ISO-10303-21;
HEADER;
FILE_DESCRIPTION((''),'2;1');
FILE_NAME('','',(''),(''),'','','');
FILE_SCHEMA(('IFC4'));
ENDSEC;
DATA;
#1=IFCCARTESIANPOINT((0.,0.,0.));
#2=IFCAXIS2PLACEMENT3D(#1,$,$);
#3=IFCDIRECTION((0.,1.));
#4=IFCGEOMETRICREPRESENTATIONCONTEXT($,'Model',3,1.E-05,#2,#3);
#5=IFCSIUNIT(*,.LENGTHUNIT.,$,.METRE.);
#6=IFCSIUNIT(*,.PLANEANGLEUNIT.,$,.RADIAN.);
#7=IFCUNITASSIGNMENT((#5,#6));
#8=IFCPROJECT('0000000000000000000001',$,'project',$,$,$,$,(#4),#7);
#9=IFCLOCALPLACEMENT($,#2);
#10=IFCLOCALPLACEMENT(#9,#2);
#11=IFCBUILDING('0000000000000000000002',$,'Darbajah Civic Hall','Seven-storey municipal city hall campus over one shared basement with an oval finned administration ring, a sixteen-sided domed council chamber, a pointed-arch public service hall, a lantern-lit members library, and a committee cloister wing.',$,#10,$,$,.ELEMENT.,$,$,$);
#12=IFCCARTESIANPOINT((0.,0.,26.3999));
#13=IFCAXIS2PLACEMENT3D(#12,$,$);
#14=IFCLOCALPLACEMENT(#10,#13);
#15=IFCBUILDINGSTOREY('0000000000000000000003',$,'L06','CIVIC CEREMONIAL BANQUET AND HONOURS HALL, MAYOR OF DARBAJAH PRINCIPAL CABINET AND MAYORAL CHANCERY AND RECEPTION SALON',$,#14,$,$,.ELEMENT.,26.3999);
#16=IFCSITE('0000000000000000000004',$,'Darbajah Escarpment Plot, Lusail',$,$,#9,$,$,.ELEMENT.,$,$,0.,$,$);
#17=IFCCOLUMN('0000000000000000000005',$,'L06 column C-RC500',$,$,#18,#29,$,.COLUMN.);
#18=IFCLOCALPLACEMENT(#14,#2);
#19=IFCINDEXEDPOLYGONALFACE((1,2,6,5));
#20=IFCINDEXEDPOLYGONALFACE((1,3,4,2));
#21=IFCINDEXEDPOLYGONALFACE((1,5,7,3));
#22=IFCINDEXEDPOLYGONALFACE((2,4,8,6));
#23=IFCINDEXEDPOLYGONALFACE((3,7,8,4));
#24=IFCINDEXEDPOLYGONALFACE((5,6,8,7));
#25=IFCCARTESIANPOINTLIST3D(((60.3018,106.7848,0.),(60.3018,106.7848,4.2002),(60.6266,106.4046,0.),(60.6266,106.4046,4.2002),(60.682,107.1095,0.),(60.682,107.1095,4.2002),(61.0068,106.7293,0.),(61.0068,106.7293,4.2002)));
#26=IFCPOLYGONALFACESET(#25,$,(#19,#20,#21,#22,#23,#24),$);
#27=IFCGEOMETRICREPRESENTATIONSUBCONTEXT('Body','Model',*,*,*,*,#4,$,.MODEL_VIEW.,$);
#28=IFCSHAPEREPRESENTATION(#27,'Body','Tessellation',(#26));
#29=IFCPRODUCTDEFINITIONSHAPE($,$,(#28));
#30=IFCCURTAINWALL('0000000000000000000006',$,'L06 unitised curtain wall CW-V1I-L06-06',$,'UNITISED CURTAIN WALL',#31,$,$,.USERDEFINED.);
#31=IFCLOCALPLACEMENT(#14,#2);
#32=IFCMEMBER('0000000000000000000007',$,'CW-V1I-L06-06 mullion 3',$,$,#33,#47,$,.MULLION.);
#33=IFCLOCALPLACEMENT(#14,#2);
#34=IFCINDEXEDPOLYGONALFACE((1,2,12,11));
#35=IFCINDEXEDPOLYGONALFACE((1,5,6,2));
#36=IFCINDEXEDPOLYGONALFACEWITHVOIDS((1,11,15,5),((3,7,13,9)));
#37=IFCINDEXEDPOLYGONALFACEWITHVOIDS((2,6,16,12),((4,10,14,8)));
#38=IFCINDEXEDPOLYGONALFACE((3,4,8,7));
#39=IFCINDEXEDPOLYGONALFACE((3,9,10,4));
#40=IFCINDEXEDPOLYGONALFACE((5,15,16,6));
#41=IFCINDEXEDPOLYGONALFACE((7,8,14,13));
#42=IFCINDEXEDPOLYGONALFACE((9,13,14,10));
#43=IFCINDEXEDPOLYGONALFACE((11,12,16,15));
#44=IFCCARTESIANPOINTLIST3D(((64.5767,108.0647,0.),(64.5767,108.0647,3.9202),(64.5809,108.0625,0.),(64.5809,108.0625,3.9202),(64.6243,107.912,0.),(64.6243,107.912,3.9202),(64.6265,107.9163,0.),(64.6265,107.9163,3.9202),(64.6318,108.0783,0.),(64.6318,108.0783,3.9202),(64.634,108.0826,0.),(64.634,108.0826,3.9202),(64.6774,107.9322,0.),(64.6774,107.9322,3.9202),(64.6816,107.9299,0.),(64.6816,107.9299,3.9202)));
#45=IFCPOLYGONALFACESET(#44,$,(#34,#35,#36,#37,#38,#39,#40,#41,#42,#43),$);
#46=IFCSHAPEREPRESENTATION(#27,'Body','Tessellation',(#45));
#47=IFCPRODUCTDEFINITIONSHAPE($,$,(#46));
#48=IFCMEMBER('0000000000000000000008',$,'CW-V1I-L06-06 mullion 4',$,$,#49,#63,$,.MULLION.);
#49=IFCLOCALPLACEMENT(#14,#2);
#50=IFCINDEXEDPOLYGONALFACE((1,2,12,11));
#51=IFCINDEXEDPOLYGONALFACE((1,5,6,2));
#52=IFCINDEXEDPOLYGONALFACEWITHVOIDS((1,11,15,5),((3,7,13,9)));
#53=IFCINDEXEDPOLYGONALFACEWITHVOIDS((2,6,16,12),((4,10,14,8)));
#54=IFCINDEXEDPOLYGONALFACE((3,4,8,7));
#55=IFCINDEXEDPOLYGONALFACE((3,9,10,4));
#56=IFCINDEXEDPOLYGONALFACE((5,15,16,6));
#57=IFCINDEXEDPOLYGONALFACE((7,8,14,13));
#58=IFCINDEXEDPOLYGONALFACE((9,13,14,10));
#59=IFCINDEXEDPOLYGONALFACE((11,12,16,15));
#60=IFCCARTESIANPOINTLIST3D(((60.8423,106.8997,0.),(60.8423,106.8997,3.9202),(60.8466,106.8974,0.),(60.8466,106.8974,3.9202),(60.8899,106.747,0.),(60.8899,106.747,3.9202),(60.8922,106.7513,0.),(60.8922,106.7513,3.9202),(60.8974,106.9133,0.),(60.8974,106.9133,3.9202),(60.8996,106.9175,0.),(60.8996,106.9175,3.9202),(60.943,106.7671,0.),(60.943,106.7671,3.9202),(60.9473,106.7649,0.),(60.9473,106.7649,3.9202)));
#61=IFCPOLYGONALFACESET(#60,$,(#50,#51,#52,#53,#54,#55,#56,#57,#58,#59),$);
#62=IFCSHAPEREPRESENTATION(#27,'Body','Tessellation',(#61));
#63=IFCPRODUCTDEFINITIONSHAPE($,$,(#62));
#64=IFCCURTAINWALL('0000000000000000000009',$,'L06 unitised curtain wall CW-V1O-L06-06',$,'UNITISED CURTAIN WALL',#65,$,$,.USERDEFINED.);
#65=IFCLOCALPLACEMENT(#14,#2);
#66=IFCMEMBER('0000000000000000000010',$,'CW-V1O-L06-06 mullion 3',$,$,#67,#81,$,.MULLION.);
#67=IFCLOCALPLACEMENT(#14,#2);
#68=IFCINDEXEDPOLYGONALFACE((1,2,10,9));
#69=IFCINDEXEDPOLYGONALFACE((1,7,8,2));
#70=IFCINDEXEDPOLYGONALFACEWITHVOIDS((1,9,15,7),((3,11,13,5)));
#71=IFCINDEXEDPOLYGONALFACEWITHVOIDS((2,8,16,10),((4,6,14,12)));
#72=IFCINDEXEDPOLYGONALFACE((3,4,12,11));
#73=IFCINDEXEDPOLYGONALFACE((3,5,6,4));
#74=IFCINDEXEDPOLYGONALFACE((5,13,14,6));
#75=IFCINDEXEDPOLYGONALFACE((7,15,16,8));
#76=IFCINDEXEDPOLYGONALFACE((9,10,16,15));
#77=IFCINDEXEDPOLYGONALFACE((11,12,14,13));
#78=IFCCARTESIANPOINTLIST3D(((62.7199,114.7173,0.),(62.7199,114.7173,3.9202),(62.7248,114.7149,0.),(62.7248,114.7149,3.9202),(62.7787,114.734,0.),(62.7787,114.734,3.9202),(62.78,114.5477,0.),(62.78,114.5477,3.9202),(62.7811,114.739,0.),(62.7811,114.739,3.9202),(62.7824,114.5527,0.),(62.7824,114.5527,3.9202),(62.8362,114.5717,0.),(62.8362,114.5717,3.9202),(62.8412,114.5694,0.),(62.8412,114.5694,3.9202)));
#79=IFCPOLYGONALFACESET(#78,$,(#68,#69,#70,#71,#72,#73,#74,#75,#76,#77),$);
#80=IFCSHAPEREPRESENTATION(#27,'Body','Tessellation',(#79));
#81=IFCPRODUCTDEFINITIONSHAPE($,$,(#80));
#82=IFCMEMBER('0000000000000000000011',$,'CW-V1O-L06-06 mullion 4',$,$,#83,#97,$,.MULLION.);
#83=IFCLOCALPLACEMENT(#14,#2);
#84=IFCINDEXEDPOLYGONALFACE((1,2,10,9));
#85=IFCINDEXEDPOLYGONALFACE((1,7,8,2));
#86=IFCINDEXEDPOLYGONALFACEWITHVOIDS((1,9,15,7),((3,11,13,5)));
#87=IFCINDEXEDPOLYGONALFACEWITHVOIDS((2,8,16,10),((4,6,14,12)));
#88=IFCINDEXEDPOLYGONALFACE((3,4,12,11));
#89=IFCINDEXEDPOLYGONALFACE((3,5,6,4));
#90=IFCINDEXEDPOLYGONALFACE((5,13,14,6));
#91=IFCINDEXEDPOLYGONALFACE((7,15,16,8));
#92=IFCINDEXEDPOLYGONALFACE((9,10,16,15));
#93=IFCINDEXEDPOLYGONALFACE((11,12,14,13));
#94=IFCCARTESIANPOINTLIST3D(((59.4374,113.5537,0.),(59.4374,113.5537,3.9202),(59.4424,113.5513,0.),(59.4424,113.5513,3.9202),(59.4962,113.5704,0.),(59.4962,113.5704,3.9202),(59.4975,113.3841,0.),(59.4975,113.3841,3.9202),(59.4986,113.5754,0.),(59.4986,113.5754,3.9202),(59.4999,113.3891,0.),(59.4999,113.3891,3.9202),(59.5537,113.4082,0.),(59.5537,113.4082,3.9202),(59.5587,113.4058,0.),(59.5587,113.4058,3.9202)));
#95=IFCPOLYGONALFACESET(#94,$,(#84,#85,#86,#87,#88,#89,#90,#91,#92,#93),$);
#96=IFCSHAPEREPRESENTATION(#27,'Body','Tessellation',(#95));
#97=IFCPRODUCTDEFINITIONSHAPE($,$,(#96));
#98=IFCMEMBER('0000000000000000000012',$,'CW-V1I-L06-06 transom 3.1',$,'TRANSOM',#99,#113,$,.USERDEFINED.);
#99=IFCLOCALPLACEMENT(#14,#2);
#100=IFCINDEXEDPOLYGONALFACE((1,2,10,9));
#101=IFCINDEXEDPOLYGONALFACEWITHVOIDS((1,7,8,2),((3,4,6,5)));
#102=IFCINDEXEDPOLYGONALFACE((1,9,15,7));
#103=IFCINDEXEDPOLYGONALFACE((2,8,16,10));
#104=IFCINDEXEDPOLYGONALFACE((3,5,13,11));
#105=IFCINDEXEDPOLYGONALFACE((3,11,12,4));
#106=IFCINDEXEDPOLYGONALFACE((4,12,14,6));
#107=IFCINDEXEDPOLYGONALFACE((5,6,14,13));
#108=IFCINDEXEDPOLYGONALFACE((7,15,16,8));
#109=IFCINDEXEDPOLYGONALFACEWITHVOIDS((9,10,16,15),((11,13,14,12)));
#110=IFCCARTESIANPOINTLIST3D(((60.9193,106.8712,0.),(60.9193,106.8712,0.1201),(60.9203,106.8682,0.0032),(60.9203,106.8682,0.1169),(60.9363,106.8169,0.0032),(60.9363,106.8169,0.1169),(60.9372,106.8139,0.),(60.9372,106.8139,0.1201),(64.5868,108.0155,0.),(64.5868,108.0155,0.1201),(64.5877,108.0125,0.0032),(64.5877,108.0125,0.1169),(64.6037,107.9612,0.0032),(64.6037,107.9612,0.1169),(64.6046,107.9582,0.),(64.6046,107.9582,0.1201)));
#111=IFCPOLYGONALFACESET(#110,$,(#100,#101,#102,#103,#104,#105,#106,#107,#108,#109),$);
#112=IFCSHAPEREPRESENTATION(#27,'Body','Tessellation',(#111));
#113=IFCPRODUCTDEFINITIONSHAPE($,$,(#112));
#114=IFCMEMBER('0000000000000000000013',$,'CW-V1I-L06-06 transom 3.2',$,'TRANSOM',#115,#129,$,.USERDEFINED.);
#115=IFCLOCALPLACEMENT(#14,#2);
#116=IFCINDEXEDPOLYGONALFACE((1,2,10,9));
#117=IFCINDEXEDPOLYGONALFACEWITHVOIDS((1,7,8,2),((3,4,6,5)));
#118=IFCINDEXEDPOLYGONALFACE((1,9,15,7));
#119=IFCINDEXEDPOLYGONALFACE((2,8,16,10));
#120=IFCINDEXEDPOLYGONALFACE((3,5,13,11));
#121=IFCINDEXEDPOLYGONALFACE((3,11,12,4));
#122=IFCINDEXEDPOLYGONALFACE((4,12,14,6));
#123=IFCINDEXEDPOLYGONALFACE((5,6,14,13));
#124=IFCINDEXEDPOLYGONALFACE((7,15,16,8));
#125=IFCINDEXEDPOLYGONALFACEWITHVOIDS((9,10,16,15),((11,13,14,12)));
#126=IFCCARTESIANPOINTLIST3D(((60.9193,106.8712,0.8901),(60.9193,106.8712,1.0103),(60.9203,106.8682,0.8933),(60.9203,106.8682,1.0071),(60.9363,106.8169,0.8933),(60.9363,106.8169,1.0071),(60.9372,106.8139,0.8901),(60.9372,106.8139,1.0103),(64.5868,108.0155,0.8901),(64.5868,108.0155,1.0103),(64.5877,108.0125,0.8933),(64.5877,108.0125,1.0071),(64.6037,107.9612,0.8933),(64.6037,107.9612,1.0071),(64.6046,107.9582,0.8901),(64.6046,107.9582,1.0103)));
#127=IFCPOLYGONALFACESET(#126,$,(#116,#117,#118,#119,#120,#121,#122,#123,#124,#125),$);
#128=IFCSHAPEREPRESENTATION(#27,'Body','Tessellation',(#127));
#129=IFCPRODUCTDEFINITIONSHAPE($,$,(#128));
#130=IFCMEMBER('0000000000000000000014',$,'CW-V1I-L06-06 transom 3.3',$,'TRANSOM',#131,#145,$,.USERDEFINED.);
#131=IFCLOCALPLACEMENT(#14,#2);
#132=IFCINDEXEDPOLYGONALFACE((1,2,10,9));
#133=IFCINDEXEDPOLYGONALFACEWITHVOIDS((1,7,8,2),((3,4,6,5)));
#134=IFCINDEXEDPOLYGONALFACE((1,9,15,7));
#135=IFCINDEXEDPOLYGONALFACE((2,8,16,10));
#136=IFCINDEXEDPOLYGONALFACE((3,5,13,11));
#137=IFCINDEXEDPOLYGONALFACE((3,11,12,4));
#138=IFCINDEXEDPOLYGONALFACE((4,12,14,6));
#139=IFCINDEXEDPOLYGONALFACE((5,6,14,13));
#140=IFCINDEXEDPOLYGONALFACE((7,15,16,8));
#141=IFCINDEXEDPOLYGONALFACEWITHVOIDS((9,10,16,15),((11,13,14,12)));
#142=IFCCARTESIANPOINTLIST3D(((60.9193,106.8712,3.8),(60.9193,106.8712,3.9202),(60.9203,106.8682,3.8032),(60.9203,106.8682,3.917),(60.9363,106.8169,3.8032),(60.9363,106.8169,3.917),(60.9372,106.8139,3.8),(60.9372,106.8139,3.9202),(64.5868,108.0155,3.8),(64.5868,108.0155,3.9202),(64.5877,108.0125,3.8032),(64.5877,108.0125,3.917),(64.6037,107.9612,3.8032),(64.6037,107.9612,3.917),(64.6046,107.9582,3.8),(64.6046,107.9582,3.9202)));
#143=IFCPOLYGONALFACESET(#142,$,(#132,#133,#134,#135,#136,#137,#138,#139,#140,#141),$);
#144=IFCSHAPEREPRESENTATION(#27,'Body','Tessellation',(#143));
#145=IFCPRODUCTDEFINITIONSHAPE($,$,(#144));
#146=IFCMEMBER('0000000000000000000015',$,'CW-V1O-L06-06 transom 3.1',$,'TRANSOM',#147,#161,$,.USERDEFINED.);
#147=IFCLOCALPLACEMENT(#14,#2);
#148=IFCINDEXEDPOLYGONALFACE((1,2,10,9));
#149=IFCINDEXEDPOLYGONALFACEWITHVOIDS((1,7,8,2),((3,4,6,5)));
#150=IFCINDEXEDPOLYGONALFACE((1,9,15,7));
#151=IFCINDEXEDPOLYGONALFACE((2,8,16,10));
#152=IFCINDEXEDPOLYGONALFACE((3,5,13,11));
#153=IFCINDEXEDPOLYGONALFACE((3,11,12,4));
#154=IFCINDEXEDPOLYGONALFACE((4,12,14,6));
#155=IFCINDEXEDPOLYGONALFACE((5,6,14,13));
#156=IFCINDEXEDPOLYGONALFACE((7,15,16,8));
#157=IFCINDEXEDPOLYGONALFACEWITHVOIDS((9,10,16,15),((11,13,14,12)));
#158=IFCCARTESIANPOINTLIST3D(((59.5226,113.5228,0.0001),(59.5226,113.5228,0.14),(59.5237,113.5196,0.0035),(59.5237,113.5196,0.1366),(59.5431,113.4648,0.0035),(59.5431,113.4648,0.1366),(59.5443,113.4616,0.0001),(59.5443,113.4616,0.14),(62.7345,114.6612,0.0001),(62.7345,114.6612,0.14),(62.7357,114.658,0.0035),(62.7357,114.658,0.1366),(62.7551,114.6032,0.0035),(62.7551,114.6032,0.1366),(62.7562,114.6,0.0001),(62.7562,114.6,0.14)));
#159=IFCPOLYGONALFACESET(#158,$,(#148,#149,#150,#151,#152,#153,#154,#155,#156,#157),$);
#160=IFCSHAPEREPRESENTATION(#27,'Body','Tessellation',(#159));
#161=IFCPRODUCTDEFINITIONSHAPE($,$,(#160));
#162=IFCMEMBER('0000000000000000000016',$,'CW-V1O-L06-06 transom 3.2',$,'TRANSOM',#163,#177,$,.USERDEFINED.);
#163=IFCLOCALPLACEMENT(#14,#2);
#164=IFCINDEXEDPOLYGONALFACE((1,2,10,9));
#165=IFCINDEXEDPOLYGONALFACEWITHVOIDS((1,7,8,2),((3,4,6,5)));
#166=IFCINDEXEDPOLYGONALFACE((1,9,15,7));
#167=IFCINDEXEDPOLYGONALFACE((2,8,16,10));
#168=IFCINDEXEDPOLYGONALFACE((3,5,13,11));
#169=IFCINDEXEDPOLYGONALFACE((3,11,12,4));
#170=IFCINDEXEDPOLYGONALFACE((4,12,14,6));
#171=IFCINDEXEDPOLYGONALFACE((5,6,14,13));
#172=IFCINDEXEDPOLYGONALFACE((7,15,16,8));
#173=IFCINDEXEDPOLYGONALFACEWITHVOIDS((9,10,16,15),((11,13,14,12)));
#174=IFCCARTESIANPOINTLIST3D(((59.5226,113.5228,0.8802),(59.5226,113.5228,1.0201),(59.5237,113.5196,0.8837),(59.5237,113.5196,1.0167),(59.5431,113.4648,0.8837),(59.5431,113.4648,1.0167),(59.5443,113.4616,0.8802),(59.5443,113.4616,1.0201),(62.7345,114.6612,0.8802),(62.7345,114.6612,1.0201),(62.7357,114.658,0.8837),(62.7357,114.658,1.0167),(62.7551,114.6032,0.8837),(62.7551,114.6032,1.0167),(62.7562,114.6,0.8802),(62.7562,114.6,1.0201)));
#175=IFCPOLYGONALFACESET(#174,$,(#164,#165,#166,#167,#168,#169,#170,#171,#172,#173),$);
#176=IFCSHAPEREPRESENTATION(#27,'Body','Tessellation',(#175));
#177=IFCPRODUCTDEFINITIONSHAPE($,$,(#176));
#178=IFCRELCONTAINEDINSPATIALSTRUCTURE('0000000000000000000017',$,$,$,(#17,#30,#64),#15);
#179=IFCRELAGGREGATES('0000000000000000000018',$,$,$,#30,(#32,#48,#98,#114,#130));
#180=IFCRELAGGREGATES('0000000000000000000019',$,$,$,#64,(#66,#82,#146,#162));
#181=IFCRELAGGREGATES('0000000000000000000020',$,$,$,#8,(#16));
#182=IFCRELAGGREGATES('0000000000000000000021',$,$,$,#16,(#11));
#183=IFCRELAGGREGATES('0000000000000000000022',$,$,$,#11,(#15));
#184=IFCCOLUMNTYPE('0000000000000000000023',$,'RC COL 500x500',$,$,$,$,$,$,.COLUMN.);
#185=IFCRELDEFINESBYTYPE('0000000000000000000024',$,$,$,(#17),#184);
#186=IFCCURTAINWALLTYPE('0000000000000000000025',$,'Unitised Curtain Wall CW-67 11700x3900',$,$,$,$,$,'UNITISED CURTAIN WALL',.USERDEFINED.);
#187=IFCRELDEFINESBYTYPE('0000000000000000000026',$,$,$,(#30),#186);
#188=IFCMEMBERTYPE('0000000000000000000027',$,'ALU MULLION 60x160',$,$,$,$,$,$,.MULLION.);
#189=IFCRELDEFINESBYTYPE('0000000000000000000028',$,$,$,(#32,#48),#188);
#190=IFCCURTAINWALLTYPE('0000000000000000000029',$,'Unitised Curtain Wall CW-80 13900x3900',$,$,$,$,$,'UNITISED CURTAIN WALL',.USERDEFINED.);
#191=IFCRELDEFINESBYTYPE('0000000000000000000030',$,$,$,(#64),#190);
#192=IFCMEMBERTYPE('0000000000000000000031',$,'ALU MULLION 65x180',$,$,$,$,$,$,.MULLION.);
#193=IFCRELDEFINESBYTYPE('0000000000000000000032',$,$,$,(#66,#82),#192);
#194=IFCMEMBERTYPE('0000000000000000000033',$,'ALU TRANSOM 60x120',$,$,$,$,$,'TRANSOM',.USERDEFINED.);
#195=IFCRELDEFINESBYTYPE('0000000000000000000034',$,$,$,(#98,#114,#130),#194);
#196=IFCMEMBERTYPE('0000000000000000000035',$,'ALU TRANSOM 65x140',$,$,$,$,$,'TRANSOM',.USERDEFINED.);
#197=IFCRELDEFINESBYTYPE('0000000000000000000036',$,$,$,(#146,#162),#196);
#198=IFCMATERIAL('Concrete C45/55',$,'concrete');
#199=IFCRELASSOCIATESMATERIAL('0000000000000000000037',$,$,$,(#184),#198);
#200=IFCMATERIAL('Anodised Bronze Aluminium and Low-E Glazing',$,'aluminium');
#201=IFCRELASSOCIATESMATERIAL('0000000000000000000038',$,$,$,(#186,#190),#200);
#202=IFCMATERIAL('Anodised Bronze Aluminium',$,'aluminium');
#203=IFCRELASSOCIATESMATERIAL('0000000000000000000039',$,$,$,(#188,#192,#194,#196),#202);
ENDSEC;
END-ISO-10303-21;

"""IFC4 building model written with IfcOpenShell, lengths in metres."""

from ifc_helpers import new_model, si_unit, direction, frame, origin, origin_2d, place, context, subcontext, project, spatial, rectangle, hollow_rectangle, extrude, material, material_profile, profile_set, type_object, element, aggregate, save


model = new_model("IFC4")

# Units and contexts
model_context = context("Model", 3, precision=1e-05, world=origin(), true_north=direction((0.0, 1.0)))
body_context = subcontext(model_context, "Body", "Model", "MODEL_VIEW")
ifc_project = project(units=[si_unit("LENGTHUNIT", "METRE"), si_unit("PLANEANGLEUNIT", "RADIAN")], contexts=[model_context])

# Site, building, storey
site_placement = place(None, origin())
site = spatial("IfcSite", under=ifc_project, at=site_placement, Name="Darbajah Escarpment Plot, Lusail", CompositionType="ELEMENT", RefElevation=0.0)
building_placement = place(site_placement, origin())
building = spatial("IfcBuilding", under=site, at=building_placement, Name="Darbajah Civic Hall", Description="Seven-storey municipal city hall campus over one shared basement with an oval finned administration ring, a sixteen-sided domed council chamber, a pointed-arch public service hall, a lantern-lit members library, and a committee cloister wing.", CompositionType="ELEMENT")
storey_placement = place(building_placement, frame((0.0, 0.0, 26.3999)))
storey = spatial("IfcBuildingStorey", under=building, at=storey_placement, Name="L06", Description="CIVIC CEREMONIAL BANQUET AND HONOURS HALL, MAYOR OF DARBAJAH PRINCIPAL CABINET AND MAYORAL CHANCERY AND RECEPTION SALON", CompositionType="ELEMENT", Elevation=26.3999)

# Column
ifc_material_1 = material(Name="Concrete C45/55", Category="concrete")
ifc_material_profile_1 = material_profile(ifc_material_1, rectangle(XDim=0.5, YDim=0.5, at=origin_2d()), Name="RC COL 500x500")
ifc_profile_set_1 = profile_set([ifc_material_profile_1], Name="Concrete C45/55")
column_type = type_object("IfcColumnType", Name="RC COL 500x500", PredefinedType="COLUMN", material=ifc_profile_set_1)
column_placement = place(storey_placement, frame((60.6543, 106.7571, 0.0), z_axis=(0.0, 0.0, 1.0), x_axis=(-0.649448, 0.760406, 0.0)))
element("IfcColumn", 1, at=column_placement, inside=storey, type_object=column_type, Name="L06 column C-RC500", PredefinedType="COLUMN", context=body_context, shape_type="SweptSolid", body=[
    extrude(rectangle(XDim=0.5, YDim=0.5, at=origin_2d()), origin(), (0.0, 0.0, 1.0), 4.2002),
])

# Curtain walls, members
ifc_material_2 = material(Name="Anodised Bronze Aluminium and Low-E Glazing", Category="aluminium")
curtain_wall_type_1 = type_object("IfcCurtainWallType", Name="Unitised Curtain Wall CW-67 11700x3900", ElementType="UNITISED CURTAIN WALL", PredefinedType="USERDEFINED", material=ifc_material_2)
curtain_wall_1_placement = place(storey_placement, origin())
curtain_wall_1 = element("IfcCurtainWall", 2, at=curtain_wall_1_placement, inside=storey, type_object=curtain_wall_type_1, Name="L06 unitised curtain wall CW-V1I-L06-06", ObjectType="UNITISED CURTAIN WALL", PredefinedType="USERDEFINED")
ifc_material_3 = material(Name="Anodised Bronze Aluminium", Category="aluminium")
ifc_material_profile_2 = material_profile(ifc_material_3, hollow_rectangle(XDim=0.0601, YDim=0.1599, WallThickness=0.0034, at=origin_2d()), Name="ALU MULLION 60x160")
ifc_profile_set_2 = profile_set([ifc_material_profile_2], Name="Anodised Bronze Aluminium")
member_type_1 = type_object("IfcMemberType", Name="ALU MULLION 60x160", PredefinedType="MULLION", material=ifc_profile_set_2)
member_1_placement = place(storey_placement, frame((64.6292, 107.9973, 0.0), z_axis=(0.0, 0.0, 1.0), x_axis=(-0.954605, -0.297875, 0.0)))
member_1 = element("IfcMember", 3, at=member_1_placement, type_object=member_type_1, Name="CW-V1I-L06-06 mullion 3", PredefinedType="MULLION", context=body_context, shape_type="SweptSolid", body=[
    extrude(hollow_rectangle(XDim=0.0601, YDim=0.1599, WallThickness=0.0034, at=origin_2d()), origin(), (0.0, 0.0, 1.0), 3.9202),
])
member_2_placement = place(storey_placement, frame((60.8948, 106.8323, 0.0), z_axis=(0.0, 0.0, 1.0), x_axis=(-0.954605, -0.297875, 0.0)))
member_2 = element("IfcMember", 4, at=member_2_placement, type_object=member_type_1, Name="CW-V1I-L06-06 mullion 4", PredefinedType="MULLION", context=body_context, shape_type="SweptSolid", body=[
    extrude(hollow_rectangle(XDim=0.0601, YDim=0.1599, WallThickness=0.0034, at=origin_2d()), origin(), (0.0, 0.0, 1.0), 3.9202),
])
curtain_wall_type_2 = type_object("IfcCurtainWallType", Name="Unitised Curtain Wall CW-80 13900x3900", ElementType="UNITISED CURTAIN WALL", PredefinedType="USERDEFINED", material=ifc_material_2)
curtain_wall_2_placement = place(storey_placement, origin())
curtain_wall_2 = element("IfcCurtainWall", 5, at=curtain_wall_2_placement, inside=storey, type_object=curtain_wall_type_2, Name="L06 unitised curtain wall CW-V1O-L06-06", ObjectType="UNITISED CURTAIN WALL", PredefinedType="USERDEFINED")
ifc_material_profile_3 = material_profile(ifc_material_3, hollow_rectangle(XDim=0.0649, YDim=0.1799, WallThickness=0.0039, at=origin_2d()), Name="ALU MULLION 65x180")
ifc_profile_set_3 = profile_set([ifc_material_profile_3], Name="Anodised Bronze Aluminium")
member_type_2 = type_object("IfcMemberType", Name="ALU MULLION 65x180", PredefinedType="MULLION", material=ifc_profile_set_3)
member_3_placement = place(storey_placement, frame((62.7805, 114.6433, 0.0), z_axis=(0.0, 0.0, 1.0), x_axis=(-0.942525, -0.334136, 0.0)))
member_3 = element("IfcMember", 6, at=member_3_placement, type_object=member_type_2, Name="CW-V1O-L06-06 mullion 3", PredefinedType="MULLION", context=body_context, shape_type="SweptSolid", body=[
    extrude(hollow_rectangle(XDim=0.0649, YDim=0.1799, WallThickness=0.0039, at=origin_2d()), origin(), (0.0, 0.0, 1.0), 3.9202),
])
member_4_placement = place(storey_placement, frame((59.498, 113.4797, 0.0), z_axis=(0.0, 0.0, 1.0), x_axis=(-0.942525, -0.334136, 0.0)))
member_4 = element("IfcMember", 7, at=member_4_placement, type_object=member_type_2, Name="CW-V1O-L06-06 mullion 4", PredefinedType="MULLION", context=body_context, shape_type="SweptSolid", body=[
    extrude(hollow_rectangle(XDim=0.0649, YDim=0.1799, WallThickness=0.0039, at=origin_2d()), origin(), (0.0, 0.0, 1.0), 3.9202),
])

# Members
ifc_material_profile_4 = material_profile(ifc_material_3, hollow_rectangle(XDim=0.0601, YDim=0.1201, WallThickness=0.0032, at=origin_2d()), Name="ALU TRANSOM 60x120")
ifc_profile_set_4 = profile_set([ifc_material_profile_4], Name="Anodised Bronze Aluminium")
member_type_3 = type_object("IfcMemberType", Name="ALU TRANSOM 60x120", ElementType="TRANSOM", PredefinedType="USERDEFINED", material=ifc_profile_set_4)
member_5_placement = place(storey_placement, frame((64.5957, 107.9868, 0.0601), z_axis=(-0.954613, -0.297848, 0.0), x_axis=(0.297848, -0.954613, 0.0)))
member_5 = element("IfcMember", 8, at=member_5_placement, type_object=member_type_3, Name="CW-V1I-L06-06 transom 3.1", ObjectType="TRANSOM", PredefinedType="USERDEFINED", context=body_context, shape_type="SweptSolid", body=[
    extrude(hollow_rectangle(XDim=0.0601, YDim=0.1201, WallThickness=0.0032, at=origin_2d()), origin(), (0.0, 0.0, 1.0), 3.8418),
])
member_6_placement = place(storey_placement, frame((64.5957, 107.9868, 0.9502), z_axis=(-0.954613, -0.297848, 0.0), x_axis=(0.297848, -0.954613, 0.0)))
member_6 = element("IfcMember", 9, at=member_6_placement, type_object=member_type_3, Name="CW-V1I-L06-06 transom 3.2", ObjectType="TRANSOM", PredefinedType="USERDEFINED", context=body_context, shape_type="SweptSolid", body=[
    extrude(hollow_rectangle(XDim=0.0601, YDim=0.1201, WallThickness=0.0032, at=origin_2d()), origin(), (0.0, 0.0, 1.0), 3.8418),
])
member_7_placement = place(storey_placement, frame((64.5957, 107.9868, 3.8601), z_axis=(-0.954613, -0.297848, 0.0), x_axis=(0.297848, -0.954613, 0.0)))
member_7 = element("IfcMember", 10, at=member_7_placement, type_object=member_type_3, Name="CW-V1I-L06-06 transom 3.3", ObjectType="TRANSOM", PredefinedType="USERDEFINED", context=body_context, shape_type="SweptSolid", body=[
    extrude(hollow_rectangle(XDim=0.0601, YDim=0.1201, WallThickness=0.0032, at=origin_2d()), origin(), (0.0, 0.0, 1.0), 3.8418),
])
ifc_material_profile_5 = material_profile(ifc_material_3, hollow_rectangle(XDim=0.0649, YDim=0.1399, WallThickness=0.0034, at=origin_2d()), Name="ALU TRANSOM 65x140")
ifc_profile_set_5 = profile_set([ifc_material_profile_5], Name="Anodised Bronze Aluminium")
member_type_4 = type_object("IfcMemberType", Name="ALU TRANSOM 65x140", ElementType="TRANSOM", PredefinedType="USERDEFINED", material=ifc_profile_set_5)
member_8_placement = place(storey_placement, frame((62.7454, 114.6306, 0.0701), z_axis=(-0.942546, -0.334075, 0.0), x_axis=(0.334075, -0.942546, 0.0)))
member_8 = element("IfcMember", 11, at=member_8_placement, type_object=member_type_4, Name="CW-V1O-L06-06 transom 3.1", ObjectType="TRANSOM", PredefinedType="USERDEFINED", context=body_context, shape_type="SweptSolid", body=[
    extrude(hollow_rectangle(XDim=0.0649, YDim=0.1399, WallThickness=0.0034, at=origin_2d()), origin(), (0.0, 0.0, 1.0), 3.4077),
])
member_9_placement = place(storey_placement, frame((62.7454, 114.6306, 0.9502), z_axis=(-0.942546, -0.334075, 0.0), x_axis=(0.334075, -0.942546, 0.0)))
member_9 = element("IfcMember", 12, at=member_9_placement, type_object=member_type_4, Name="CW-V1O-L06-06 transom 3.2", ObjectType="TRANSOM", PredefinedType="USERDEFINED", context=body_context, shape_type="SweptSolid", body=[
    extrude(hollow_rectangle(XDim=0.0649, YDim=0.1399, WallThickness=0.0034, at=origin_2d()), origin(), (0.0, 0.0, 1.0), 3.4077),
])

aggregate(curtain_wall_1, [member_1, member_2, member_5, member_6, member_7])
aggregate(curtain_wall_2, [member_3, member_4, member_8, member_9])

save(model, "model.ifc")
